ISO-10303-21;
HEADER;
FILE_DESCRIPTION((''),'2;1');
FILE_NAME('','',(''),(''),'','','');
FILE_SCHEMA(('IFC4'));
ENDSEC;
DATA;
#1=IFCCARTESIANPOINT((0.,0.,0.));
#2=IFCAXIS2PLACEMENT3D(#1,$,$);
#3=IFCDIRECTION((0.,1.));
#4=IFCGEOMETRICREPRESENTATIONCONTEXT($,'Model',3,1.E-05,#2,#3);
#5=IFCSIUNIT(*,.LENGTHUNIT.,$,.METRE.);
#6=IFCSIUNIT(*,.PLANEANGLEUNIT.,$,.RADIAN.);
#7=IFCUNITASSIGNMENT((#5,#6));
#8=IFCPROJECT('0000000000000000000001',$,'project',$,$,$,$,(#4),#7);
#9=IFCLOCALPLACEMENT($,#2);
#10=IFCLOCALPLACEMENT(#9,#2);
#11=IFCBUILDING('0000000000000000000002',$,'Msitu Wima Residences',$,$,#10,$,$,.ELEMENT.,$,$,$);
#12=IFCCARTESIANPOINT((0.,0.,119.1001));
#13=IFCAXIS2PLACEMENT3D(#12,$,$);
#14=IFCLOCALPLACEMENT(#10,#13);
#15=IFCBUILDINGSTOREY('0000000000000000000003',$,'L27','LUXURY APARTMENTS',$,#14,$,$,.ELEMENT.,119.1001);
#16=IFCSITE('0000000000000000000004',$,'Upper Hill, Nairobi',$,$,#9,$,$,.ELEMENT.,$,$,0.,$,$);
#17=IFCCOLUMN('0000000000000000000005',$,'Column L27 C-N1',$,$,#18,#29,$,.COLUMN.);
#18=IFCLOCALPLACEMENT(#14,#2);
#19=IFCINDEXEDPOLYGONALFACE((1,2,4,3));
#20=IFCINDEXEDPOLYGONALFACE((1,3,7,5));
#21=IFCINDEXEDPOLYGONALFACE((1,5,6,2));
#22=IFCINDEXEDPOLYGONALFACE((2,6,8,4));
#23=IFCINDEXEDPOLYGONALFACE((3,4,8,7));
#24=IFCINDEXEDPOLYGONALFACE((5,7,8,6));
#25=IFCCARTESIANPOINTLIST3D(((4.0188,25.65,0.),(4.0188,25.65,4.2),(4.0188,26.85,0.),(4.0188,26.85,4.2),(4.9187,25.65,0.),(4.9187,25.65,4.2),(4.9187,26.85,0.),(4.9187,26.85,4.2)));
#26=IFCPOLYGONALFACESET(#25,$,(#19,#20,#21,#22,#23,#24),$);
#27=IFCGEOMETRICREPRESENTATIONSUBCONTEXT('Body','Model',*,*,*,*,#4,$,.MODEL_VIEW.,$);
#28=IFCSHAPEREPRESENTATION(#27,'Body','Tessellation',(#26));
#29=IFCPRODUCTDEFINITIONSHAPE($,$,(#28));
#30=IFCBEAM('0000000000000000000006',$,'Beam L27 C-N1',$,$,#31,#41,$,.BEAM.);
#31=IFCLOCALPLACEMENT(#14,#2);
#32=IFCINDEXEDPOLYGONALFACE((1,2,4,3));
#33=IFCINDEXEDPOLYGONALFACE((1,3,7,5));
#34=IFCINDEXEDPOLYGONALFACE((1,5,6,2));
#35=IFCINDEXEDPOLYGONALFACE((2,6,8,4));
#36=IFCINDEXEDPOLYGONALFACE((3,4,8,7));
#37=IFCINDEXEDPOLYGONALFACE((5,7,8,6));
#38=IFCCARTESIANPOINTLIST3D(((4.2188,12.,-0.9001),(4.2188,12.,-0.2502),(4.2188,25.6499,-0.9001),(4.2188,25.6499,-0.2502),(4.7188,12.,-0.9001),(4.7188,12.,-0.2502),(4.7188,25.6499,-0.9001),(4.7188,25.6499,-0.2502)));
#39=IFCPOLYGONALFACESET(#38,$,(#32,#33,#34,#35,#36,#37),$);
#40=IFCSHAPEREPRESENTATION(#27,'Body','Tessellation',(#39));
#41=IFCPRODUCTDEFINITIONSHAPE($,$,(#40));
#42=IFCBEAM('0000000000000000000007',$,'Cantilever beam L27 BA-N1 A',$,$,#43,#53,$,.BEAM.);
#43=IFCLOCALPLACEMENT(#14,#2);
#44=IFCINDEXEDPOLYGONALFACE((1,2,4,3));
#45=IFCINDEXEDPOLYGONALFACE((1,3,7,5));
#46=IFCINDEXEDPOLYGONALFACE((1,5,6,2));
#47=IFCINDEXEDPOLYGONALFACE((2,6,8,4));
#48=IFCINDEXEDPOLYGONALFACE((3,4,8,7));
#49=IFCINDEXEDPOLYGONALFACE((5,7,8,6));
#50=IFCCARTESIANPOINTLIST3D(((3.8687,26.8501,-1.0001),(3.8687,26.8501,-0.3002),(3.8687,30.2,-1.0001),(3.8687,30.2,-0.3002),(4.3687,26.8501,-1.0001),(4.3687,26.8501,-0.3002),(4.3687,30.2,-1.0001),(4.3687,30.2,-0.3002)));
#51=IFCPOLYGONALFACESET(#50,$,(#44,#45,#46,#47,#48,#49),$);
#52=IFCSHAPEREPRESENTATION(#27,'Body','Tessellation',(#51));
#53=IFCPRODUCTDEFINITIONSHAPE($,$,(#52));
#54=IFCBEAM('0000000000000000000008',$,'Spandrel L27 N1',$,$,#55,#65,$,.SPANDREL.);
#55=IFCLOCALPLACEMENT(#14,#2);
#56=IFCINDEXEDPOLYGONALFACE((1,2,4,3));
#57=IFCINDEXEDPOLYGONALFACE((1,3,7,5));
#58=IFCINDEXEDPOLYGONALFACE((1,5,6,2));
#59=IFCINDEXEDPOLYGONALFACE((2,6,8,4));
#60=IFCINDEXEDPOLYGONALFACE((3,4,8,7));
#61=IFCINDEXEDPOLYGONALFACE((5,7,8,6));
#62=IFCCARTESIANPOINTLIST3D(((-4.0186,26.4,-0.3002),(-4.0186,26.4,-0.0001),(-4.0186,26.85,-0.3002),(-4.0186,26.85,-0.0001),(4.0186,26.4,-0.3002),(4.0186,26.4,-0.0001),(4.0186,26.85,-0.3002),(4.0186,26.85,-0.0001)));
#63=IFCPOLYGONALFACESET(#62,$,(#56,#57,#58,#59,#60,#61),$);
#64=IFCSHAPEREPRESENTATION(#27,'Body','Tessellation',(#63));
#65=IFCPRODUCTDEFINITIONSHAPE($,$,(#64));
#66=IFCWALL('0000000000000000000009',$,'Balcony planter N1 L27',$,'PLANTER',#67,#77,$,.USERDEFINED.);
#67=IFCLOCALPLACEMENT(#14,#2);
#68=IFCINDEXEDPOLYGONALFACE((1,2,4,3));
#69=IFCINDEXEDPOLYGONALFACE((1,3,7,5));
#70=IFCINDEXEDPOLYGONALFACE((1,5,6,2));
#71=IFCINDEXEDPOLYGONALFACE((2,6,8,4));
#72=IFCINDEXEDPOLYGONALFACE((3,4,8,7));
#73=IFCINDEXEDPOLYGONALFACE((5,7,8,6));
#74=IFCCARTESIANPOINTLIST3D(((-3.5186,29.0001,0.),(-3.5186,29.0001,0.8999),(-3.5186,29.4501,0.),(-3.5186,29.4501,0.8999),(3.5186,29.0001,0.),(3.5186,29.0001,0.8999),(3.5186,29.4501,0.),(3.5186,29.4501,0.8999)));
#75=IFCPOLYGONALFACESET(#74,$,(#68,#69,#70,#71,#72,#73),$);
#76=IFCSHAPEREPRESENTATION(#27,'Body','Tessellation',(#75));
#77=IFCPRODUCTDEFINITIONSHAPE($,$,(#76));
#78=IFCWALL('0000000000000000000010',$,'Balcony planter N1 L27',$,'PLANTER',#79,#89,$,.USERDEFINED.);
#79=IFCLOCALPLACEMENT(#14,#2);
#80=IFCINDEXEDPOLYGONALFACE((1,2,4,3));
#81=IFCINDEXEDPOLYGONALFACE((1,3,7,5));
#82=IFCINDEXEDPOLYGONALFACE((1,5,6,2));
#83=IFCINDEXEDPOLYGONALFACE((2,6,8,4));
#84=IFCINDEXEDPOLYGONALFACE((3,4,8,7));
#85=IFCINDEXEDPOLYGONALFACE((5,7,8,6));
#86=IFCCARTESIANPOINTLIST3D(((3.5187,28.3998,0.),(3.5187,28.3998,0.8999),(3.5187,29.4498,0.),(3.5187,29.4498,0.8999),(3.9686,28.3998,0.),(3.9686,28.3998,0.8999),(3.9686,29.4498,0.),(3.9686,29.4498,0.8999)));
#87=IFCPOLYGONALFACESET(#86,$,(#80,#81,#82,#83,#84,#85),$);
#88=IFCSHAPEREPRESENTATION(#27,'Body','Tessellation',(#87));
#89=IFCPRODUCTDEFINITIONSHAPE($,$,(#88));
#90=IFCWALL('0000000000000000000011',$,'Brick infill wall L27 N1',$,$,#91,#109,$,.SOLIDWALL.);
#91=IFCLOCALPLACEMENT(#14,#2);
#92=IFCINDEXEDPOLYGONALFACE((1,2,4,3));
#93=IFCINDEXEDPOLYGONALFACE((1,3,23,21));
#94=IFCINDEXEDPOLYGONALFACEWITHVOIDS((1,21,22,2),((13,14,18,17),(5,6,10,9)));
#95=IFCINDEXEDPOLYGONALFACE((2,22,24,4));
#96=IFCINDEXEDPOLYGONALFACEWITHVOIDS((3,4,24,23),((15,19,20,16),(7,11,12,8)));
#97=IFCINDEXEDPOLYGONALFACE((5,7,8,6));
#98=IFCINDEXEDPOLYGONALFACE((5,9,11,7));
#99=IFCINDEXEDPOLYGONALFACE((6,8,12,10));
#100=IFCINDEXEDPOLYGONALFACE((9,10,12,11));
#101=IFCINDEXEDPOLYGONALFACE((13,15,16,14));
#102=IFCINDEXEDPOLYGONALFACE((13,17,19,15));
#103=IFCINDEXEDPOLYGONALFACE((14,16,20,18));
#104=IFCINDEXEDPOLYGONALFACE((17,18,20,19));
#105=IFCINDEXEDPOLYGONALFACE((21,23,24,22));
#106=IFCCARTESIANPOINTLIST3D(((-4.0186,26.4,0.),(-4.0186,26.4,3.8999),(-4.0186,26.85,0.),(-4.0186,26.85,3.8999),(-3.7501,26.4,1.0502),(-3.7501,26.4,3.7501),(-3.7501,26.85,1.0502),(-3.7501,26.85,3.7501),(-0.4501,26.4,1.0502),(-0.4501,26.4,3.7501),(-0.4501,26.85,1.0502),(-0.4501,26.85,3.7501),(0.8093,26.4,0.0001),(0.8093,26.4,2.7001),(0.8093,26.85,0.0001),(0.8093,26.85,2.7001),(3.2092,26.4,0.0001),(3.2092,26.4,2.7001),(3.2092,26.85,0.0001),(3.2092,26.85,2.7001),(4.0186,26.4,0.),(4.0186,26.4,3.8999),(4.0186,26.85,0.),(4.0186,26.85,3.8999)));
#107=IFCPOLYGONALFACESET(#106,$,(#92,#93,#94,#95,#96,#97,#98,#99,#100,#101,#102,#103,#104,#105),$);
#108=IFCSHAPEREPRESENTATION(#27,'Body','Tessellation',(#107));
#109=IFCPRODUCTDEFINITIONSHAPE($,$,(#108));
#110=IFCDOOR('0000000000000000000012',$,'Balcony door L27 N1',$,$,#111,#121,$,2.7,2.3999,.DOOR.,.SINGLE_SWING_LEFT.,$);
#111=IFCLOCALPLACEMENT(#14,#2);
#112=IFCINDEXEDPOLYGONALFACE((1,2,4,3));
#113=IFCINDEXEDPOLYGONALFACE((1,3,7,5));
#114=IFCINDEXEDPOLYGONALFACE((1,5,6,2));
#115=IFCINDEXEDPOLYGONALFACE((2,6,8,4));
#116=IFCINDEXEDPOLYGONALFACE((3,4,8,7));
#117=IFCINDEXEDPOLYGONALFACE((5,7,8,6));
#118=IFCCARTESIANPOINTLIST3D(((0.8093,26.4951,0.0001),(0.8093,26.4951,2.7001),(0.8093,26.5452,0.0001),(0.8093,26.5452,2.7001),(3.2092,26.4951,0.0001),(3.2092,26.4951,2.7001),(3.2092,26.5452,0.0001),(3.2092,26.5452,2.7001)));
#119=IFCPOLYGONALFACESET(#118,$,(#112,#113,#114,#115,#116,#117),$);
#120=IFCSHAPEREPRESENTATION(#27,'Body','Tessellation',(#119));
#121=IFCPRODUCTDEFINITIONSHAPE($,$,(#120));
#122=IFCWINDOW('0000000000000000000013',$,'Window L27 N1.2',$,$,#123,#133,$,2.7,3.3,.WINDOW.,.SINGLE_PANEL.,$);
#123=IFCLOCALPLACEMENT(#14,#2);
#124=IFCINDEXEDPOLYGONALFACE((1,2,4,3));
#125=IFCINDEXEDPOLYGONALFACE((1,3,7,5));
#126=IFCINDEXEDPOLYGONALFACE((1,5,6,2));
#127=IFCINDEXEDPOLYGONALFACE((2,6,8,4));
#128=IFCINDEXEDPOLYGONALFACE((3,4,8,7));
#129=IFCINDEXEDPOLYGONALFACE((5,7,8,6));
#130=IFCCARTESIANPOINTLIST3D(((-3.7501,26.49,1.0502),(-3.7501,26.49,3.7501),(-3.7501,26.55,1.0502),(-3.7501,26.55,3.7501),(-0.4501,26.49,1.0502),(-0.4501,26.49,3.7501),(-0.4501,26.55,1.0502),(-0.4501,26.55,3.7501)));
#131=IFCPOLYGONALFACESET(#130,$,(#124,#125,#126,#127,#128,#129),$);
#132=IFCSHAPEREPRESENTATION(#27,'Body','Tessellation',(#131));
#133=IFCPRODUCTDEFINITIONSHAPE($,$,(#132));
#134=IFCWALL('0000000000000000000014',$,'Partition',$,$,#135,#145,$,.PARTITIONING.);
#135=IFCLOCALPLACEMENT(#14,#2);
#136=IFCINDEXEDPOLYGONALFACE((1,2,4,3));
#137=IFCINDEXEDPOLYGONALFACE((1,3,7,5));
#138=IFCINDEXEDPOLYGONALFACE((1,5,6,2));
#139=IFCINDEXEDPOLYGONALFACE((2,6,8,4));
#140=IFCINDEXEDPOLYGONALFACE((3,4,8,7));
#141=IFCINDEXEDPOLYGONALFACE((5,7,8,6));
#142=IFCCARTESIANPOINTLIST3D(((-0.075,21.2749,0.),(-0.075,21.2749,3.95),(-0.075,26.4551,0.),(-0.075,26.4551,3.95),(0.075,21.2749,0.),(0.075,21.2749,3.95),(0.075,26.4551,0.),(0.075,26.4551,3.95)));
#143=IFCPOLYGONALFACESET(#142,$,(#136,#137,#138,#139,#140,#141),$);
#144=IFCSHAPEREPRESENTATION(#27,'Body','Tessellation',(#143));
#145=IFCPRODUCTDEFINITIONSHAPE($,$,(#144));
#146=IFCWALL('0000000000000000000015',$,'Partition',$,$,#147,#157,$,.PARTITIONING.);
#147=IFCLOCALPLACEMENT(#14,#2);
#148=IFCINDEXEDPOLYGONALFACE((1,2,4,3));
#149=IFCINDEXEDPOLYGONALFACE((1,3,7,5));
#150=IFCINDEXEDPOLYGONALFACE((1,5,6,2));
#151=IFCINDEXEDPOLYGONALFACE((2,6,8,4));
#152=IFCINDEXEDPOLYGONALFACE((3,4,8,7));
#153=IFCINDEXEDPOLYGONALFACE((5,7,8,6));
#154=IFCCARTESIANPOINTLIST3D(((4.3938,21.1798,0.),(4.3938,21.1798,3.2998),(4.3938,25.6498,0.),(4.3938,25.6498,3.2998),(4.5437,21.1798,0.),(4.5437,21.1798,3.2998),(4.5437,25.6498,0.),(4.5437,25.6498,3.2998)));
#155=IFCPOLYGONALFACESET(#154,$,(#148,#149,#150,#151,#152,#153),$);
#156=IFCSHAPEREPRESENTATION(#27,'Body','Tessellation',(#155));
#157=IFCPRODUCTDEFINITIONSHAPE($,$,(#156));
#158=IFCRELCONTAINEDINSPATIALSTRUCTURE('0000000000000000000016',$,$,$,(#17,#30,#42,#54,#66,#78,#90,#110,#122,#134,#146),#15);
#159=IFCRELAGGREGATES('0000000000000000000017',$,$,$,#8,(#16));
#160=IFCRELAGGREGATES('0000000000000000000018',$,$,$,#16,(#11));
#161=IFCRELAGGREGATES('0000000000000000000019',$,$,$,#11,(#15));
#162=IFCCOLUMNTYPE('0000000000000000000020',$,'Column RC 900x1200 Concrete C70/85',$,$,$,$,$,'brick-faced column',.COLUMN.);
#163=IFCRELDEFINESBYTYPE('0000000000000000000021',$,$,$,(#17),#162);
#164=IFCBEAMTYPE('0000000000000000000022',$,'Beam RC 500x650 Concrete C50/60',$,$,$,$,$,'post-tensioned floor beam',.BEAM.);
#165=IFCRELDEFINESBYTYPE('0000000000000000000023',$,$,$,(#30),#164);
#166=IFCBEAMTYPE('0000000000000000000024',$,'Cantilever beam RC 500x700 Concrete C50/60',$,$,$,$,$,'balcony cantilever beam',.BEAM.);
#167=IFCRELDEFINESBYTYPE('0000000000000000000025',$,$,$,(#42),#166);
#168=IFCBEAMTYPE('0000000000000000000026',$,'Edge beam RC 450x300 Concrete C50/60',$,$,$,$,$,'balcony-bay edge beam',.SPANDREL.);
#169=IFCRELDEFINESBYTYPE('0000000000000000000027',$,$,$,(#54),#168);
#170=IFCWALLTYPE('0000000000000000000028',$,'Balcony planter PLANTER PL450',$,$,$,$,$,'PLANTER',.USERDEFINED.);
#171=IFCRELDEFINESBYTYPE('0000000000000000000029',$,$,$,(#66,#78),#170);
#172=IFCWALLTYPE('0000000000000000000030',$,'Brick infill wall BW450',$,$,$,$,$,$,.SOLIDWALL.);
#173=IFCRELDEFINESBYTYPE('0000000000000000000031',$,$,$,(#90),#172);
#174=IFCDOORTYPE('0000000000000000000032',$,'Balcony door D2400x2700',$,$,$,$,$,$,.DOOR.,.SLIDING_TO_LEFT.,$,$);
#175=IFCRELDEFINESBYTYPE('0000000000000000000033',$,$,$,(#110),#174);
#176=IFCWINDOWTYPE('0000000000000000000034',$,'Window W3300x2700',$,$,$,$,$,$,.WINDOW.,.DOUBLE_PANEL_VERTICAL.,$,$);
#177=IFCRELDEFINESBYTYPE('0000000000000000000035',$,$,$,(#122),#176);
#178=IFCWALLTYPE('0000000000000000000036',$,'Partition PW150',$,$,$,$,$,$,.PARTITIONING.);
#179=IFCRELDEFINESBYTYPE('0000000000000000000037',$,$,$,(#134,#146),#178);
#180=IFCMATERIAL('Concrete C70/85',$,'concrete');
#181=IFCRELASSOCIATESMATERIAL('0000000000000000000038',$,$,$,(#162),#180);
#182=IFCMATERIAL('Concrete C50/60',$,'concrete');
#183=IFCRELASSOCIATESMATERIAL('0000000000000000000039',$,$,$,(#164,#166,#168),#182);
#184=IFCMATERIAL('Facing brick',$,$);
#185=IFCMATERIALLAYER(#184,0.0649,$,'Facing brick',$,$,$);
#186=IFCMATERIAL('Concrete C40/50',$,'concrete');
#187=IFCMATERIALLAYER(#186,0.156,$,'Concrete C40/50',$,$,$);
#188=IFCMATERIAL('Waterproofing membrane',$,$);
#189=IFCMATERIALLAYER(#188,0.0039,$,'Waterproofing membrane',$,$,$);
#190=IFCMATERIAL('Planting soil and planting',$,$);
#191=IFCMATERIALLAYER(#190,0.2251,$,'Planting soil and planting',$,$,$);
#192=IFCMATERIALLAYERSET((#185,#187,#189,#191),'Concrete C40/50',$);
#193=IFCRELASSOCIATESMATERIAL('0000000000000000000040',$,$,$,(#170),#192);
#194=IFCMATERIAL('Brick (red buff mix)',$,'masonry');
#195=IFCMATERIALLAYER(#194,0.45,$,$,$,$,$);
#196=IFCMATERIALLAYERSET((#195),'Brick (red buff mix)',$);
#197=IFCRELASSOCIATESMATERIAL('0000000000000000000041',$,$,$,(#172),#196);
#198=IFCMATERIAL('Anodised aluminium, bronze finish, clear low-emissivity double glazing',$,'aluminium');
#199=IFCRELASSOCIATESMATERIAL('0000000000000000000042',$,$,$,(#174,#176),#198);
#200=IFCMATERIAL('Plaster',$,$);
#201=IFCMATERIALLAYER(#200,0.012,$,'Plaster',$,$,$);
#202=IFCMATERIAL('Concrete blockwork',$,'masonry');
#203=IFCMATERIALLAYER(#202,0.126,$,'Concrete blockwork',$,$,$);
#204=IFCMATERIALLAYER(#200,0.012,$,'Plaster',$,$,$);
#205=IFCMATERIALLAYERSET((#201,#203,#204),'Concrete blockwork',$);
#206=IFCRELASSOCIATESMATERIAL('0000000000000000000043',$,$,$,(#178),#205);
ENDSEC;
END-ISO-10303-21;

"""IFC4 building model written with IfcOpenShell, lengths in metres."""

from ifc_helpers import new_model, si_unit, direction, frame, frame_2d, origin, origin_2d, place, context, subcontext, project, spatial, rectangle, extrude, material, layer, layer_set, material_profile, profile_set, type_object, element, fill, save


model = new_model("IFC4")

# Units and contexts
model_context = context("Model", 3, precision=1e-05, world=origin(), true_north=direction((0.0, 1.0)))
body_context = subcontext(model_context, "Body", "Model", "MODEL_VIEW")
ifc_project = project(units=[si_unit("LENGTHUNIT", "METRE"), si_unit("PLANEANGLEUNIT", "RADIAN")], contexts=[model_context])

# Site, building, storey
site_placement = place(None, origin())
site = spatial("IfcSite", under=ifc_project, at=site_placement, Name="Upper Hill, Nairobi", CompositionType="ELEMENT", RefElevation=0.0)
building_placement = place(site_placement, origin())
building = spatial("IfcBuilding", under=site, at=building_placement, Name="Msitu Wima Residences", CompositionType="ELEMENT")
storey_placement = place(building_placement, frame((0.0, 0.0, 119.1001)))
storey = spatial("IfcBuildingStorey", under=building, at=storey_placement, Name="L27", Description="LUXURY APARTMENTS", CompositionType="ELEMENT", Elevation=119.1001)

# Column
ifc_material_1 = material(Name="Concrete C70/85", Category="concrete")
ifc_material_profile_1 = material_profile(ifc_material_1, rectangle(XDim=0.8999, YDim=1.2, at=origin_2d()), Name="RC 900x1200")
ifc_profile_set_1 = profile_set([ifc_material_profile_1], Name="Concrete C70/85")
column_type = type_object("IfcColumnType", Name="Column RC 900x1200 Concrete C70/85", ElementType="brick-faced column", PredefinedType="COLUMN", material=ifc_profile_set_1)
column_placement = place(storey_placement, frame((4.4688, 26.25, 0.0), z_axis=(0.0, 0.0, 1.0), x_axis=(-1.0, 0.0, 0.0)))
element("IfcColumn", 1, at=column_placement, inside=storey, type_object=column_type, Name="Column L27 C-N1", PredefinedType="COLUMN", context=body_context, shape_type="SweptSolid", body=[
    extrude(rectangle(XDim=0.8999, YDim=1.2, at=origin_2d()), origin(), (0.0, 0.0, 1.0), 4.2),
])

# Beams
ifc_material_2 = material(Name="Concrete C50/60", Category="concrete")
ifc_material_profile_2 = material_profile(ifc_material_2, rectangle(XDim=0.5, YDim=0.6499, at=origin_2d()), Name="RC 500x650")
ifc_profile_set_2 = profile_set([ifc_material_profile_2], Name="Concrete C50/60")
beam_type_1 = type_object("IfcBeamType", Name="Beam RC 500x650 Concrete C50/60", ElementType="post-tensioned floor beam", PredefinedType="BEAM", material=ifc_profile_set_2)
beam_1_placement = place(storey_placement, frame((4.4688, 25.6499, -0.5752), z_axis=(0.0, -1.0, 0.0), x_axis=(1.0, 0.0, 0.0)))
element("IfcBeam", 2, at=beam_1_placement, inside=storey, type_object=beam_type_1, Name="Beam L27 C-N1", PredefinedType="BEAM", context=body_context, shape_type="SweptSolid", body=[
    extrude(rectangle(XDim=0.5, YDim=0.6499, at=origin_2d()), origin(), (0.0, 0.0, 1.0), 13.6499),
])
ifc_material_profile_3 = material_profile(ifc_material_2, rectangle(XDim=0.5, YDim=0.7, at=origin_2d()), Name="RC 500x700")
ifc_profile_set_3 = profile_set([ifc_material_profile_3], Name="Concrete C50/60")
beam_type_2 = type_object("IfcBeamType", Name="Cantilever beam RC 500x700 Concrete C50/60", ElementType="balcony cantilever beam", PredefinedType="BEAM", material=ifc_profile_set_3)
beam_2_placement = place(storey_placement, frame((4.1187, 26.8501, -0.6501), z_axis=(0.0, 1.0, 0.0), x_axis=(-1.0, 0.0, 0.0)))
element("IfcBeam", 3, at=beam_2_placement, inside=storey, type_object=beam_type_2, Name="Cantilever beam L27 BA-N1 A", PredefinedType="BEAM", context=body_context, shape_type="SweptSolid", body=[
    extrude(rectangle(XDim=0.5, YDim=0.7, at=origin_2d()), origin(), (0.0, 0.0, 1.0), 3.3499),
])
ifc_material_profile_4 = material_profile(ifc_material_2, rectangle(XDim=0.45, YDim=0.3, at=origin_2d()), Name="RC 450x300")
ifc_profile_set_4 = profile_set([ifc_material_profile_4], Name="Concrete C50/60")
beam_type_3 = type_object("IfcBeamType", Name="Edge beam RC 450x300 Concrete C50/60", ElementType="balcony-bay edge beam", PredefinedType="SPANDREL", material=ifc_profile_set_4)
beam_3_placement = place(storey_placement, frame((4.0186, 26.625, -0.1501), z_axis=(-1.0, 0.0, 0.0), x_axis=(0.0, -1.0, 0.0)))
element("IfcBeam", 4, at=beam_3_placement, inside=storey, type_object=beam_type_3, Name="Spandrel L27 N1", PredefinedType="SPANDREL", context=body_context, shape_type="SweptSolid", body=[
    extrude(rectangle(XDim=0.45, YDim=0.3, at=origin_2d()), origin(), (0.0, 0.0, 1.0), 8.0371),
])

# Walls
ifc_material_3 = material(Name="Facing brick")
ifc_layer_1 = layer(ifc_material_3, 0.0649, Name="Facing brick")
ifc_material_4 = material(Name="Concrete C40/50", Category="concrete")
ifc_layer_2 = layer(ifc_material_4, 0.156, Name="Concrete C40/50")
ifc_material_5 = material(Name="Waterproofing membrane")
ifc_layer_3 = layer(ifc_material_5, 0.0039, Name="Waterproofing membrane")
ifc_material_6 = material(Name="Planting soil and planting")
ifc_layer_4 = layer(ifc_material_6, 0.2251, Name="Planting soil and planting")
ifc_layer_set_1 = layer_set([ifc_layer_1, ifc_layer_2, ifc_layer_3, ifc_layer_4], Name="Concrete C40/50")
wall_type_1 = type_object("IfcWallType", Name="Balcony planter PLANTER PL450", ElementType="PLANTER", PredefinedType="USERDEFINED", material=ifc_layer_set_1)
wall_1_placement = place(storey_placement, frame((3.5186, 29.2251, 0.0), z_axis=(0.0, 0.0, 1.0), x_axis=(-1.0, 0.0, 0.0)))
element("IfcWall", 5, at=wall_1_placement, inside=storey, type_object=wall_type_1, Name="Balcony planter N1 L27", ObjectType="PLANTER", PredefinedType="USERDEFINED", context=body_context, shape_type="SweptSolid", body=[
    extrude(rectangle(XDim=7.0371, YDim=0.45, at=frame_2d((3.5186, 0.0))), origin(), (0.0, 0.0, 1.0), 0.8999),
])
wall_2_placement = place(storey_placement, frame((3.7437, 28.3999, 0.0), z_axis=(0.0, 0.0, 1.0), x_axis=(0.0, 1.0, 0.0)))
element("IfcWall", 6, at=wall_2_placement, inside=storey, type_object=wall_type_1, Name="Balcony planter N1 L27", ObjectType="PLANTER", PredefinedType="USERDEFINED", context=body_context, shape_type="SweptSolid", body=[
    extrude(rectangle(XDim=1.05, YDim=0.45, at=frame_2d((0.5249, 0.0))), origin(), (0.0, 0.0, 1.0), 0.8999),
])

# Wall, openings, door, window
ifc_material_7 = material(Name="Brick (red buff mix)", Category="masonry")
ifc_layer_5 = layer(ifc_material_7, 0.45)
ifc_layer_set_2 = layer_set([ifc_layer_5], Name="Brick (red buff mix)")
wall_type_2 = type_object("IfcWallType", Name="Brick infill wall BW450", PredefinedType="SOLIDWALL", material=ifc_layer_set_2)
wall_3_placement = place(storey_placement, frame((4.0186, 26.625, 0.0), z_axis=(0.0, 0.0, 1.0), x_axis=(-1.0, 0.0, 0.0)))
wall_3 = element("IfcWall", 7, at=wall_3_placement, inside=storey, type_object=wall_type_2, Name="Brick infill wall L27 N1", PredefinedType="SOLIDWALL", context=body_context, shape_type="SweptSolid", body=[
    extrude(rectangle(XDim=8.0371, YDim=0.45, at=frame_2d((4.0186, 0.0))), origin(), (0.0, 0.0, 1.0), 3.8999),
])
opening_1_placement = place(wall_3_placement, frame((0.8093, 0.0, 0.0)))
opening_1 = element("IfcOpeningElement", 8, at=opening_1_placement, cuts=wall_3, PredefinedType="OPENING", context=body_context, shape_type="SweptSolid", body=[
    extrude(rectangle(XDim=2.3999, YDim=2.7, at=frame_2d((1.2, 1.3501))), frame((0.0, 0.2349, 0.0), z_axis=(0.0, -1.0, 0.0), x_axis=(1.0, 0.0, 0.0)), (0.0, 0.0, 1.0), 0.47),
])
opening_2_placement = place(wall_3_placement, frame((4.4688, 0.0, 1.05)))
opening_2 = element("IfcOpeningElement", 9, at=opening_2_placement, cuts=wall_3, PredefinedType="OPENING", context=body_context, shape_type="SweptSolid", body=[
    extrude(rectangle(XDim=3.3, YDim=2.7, at=frame_2d((1.6499, 1.3501))), frame((0.0, 0.2349, 0.0), z_axis=(0.0, -1.0, 0.0), x_axis=(1.0, 0.0, 0.0)), (0.0, 0.0, 1.0), 0.47),
])
ifc_material_8 = material(Name="Anodised aluminium, bronze finish, clear low-emissivity double glazing", Category="aluminium")
door_type_1 = type_object("IfcDoorType", Name="Balcony door D2400x2700", OperationType="SLIDING_TO_LEFT", PredefinedType="DOOR", material=ifc_material_8)
door_1_placement = place(opening_1_placement, origin())
door_1 = element("IfcDoor", 10, at=door_1_placement, inside=storey, type_object=door_type_1, Name="Balcony door L27 N1", OperationType="SINGLE_SWING_LEFT", OverallHeight=2.7, OverallWidth=2.3999, PredefinedType="DOOR", context=body_context, shape_type="SweptSolid", body=[
    extrude(rectangle(XDim=2.3999, YDim=2.7, at=frame_2d((1.2, 1.3501))), frame((0.0, 0.1299, 0.0), z_axis=(0.0, -1.0, 0.0), x_axis=(1.0, 0.0, 0.0)), (0.0, 0.0, 1.0), 0.05),
])
fill(opening_1, door_1)
window_type = type_object("IfcWindowType", Name="Window W3300x2700", PartitioningType="DOUBLE_PANEL_VERTICAL", PredefinedType="WINDOW", material=ifc_material_8)
window_placement = place(opening_2_placement, origin())
window = element("IfcWindow", 11, at=window_placement, inside=storey, type_object=window_type, Name="Window L27 N1.2", OverallHeight=2.7, OverallWidth=3.3, PartitioningType="SINGLE_PANEL", PredefinedType="WINDOW", context=body_context, shape_type="SweptSolid", body=[
    extrude(rectangle(XDim=3.3, YDim=2.7, at=frame_2d((1.6499, 1.3501))), frame((0.0, 0.135, 0.0), z_axis=(0.0, -1.0, 0.0), x_axis=(1.0, 0.0, 0.0)), (0.0, 0.0, 1.0), 0.0601),
])
fill(opening_2, window)

# Walls
ifc_material_9 = material(Name="Plaster")
ifc_layer_6 = layer(ifc_material_9, 0.012, Name="Plaster")
ifc_material_10 = material(Name="Concrete blockwork", Category="masonry")
ifc_layer_7 = layer(ifc_material_10, 0.126, Name="Concrete blockwork")
ifc_layer_8 = layer(ifc_material_9, 0.012, Name="Plaster")
ifc_layer_set_3 = layer_set([ifc_layer_6, ifc_layer_7, ifc_layer_8], Name="Concrete blockwork")
wall_type_3 = type_object("IfcWallType", Name="Partition PW150", PredefinedType="PARTITIONING", material=ifc_layer_set_3)
wall_4_placement = place(storey_placement, frame((0.0, 21.2749, 0.0), z_axis=(0.0, 0.0, 1.0), x_axis=(0.0, 1.0, 0.0)))
element("IfcWall", 12, at=wall_4_placement, inside=storey, type_object=wall_type_3, Name="Partition", PredefinedType="PARTITIONING", context=body_context, shape_type="SweptSolid", body=[
    extrude(rectangle(XDim=5.1802, YDim=0.1499, at=frame_2d((2.5901, 0.0))), origin(), (0.0, 0.0, 1.0), 3.95),
])
wall_5_placement = place(storey_placement, frame((4.4688, 21.1799, 0.0), z_axis=(0.0, 0.0, 1.0), x_axis=(0.0, 1.0, 0.0)))
element("IfcWall", 13, at=wall_5_placement, inside=storey, type_object=wall_type_3, Name="Partition", PredefinedType="PARTITIONING", context=body_context, shape_type="SweptSolid", body=[
    extrude(rectangle(XDim=4.47, YDim=0.1499, at=frame_2d((2.2349, 0.0))), origin(), (0.0, 0.0, 1.0), 3.2998),
])

save(model, "model.ifc")
